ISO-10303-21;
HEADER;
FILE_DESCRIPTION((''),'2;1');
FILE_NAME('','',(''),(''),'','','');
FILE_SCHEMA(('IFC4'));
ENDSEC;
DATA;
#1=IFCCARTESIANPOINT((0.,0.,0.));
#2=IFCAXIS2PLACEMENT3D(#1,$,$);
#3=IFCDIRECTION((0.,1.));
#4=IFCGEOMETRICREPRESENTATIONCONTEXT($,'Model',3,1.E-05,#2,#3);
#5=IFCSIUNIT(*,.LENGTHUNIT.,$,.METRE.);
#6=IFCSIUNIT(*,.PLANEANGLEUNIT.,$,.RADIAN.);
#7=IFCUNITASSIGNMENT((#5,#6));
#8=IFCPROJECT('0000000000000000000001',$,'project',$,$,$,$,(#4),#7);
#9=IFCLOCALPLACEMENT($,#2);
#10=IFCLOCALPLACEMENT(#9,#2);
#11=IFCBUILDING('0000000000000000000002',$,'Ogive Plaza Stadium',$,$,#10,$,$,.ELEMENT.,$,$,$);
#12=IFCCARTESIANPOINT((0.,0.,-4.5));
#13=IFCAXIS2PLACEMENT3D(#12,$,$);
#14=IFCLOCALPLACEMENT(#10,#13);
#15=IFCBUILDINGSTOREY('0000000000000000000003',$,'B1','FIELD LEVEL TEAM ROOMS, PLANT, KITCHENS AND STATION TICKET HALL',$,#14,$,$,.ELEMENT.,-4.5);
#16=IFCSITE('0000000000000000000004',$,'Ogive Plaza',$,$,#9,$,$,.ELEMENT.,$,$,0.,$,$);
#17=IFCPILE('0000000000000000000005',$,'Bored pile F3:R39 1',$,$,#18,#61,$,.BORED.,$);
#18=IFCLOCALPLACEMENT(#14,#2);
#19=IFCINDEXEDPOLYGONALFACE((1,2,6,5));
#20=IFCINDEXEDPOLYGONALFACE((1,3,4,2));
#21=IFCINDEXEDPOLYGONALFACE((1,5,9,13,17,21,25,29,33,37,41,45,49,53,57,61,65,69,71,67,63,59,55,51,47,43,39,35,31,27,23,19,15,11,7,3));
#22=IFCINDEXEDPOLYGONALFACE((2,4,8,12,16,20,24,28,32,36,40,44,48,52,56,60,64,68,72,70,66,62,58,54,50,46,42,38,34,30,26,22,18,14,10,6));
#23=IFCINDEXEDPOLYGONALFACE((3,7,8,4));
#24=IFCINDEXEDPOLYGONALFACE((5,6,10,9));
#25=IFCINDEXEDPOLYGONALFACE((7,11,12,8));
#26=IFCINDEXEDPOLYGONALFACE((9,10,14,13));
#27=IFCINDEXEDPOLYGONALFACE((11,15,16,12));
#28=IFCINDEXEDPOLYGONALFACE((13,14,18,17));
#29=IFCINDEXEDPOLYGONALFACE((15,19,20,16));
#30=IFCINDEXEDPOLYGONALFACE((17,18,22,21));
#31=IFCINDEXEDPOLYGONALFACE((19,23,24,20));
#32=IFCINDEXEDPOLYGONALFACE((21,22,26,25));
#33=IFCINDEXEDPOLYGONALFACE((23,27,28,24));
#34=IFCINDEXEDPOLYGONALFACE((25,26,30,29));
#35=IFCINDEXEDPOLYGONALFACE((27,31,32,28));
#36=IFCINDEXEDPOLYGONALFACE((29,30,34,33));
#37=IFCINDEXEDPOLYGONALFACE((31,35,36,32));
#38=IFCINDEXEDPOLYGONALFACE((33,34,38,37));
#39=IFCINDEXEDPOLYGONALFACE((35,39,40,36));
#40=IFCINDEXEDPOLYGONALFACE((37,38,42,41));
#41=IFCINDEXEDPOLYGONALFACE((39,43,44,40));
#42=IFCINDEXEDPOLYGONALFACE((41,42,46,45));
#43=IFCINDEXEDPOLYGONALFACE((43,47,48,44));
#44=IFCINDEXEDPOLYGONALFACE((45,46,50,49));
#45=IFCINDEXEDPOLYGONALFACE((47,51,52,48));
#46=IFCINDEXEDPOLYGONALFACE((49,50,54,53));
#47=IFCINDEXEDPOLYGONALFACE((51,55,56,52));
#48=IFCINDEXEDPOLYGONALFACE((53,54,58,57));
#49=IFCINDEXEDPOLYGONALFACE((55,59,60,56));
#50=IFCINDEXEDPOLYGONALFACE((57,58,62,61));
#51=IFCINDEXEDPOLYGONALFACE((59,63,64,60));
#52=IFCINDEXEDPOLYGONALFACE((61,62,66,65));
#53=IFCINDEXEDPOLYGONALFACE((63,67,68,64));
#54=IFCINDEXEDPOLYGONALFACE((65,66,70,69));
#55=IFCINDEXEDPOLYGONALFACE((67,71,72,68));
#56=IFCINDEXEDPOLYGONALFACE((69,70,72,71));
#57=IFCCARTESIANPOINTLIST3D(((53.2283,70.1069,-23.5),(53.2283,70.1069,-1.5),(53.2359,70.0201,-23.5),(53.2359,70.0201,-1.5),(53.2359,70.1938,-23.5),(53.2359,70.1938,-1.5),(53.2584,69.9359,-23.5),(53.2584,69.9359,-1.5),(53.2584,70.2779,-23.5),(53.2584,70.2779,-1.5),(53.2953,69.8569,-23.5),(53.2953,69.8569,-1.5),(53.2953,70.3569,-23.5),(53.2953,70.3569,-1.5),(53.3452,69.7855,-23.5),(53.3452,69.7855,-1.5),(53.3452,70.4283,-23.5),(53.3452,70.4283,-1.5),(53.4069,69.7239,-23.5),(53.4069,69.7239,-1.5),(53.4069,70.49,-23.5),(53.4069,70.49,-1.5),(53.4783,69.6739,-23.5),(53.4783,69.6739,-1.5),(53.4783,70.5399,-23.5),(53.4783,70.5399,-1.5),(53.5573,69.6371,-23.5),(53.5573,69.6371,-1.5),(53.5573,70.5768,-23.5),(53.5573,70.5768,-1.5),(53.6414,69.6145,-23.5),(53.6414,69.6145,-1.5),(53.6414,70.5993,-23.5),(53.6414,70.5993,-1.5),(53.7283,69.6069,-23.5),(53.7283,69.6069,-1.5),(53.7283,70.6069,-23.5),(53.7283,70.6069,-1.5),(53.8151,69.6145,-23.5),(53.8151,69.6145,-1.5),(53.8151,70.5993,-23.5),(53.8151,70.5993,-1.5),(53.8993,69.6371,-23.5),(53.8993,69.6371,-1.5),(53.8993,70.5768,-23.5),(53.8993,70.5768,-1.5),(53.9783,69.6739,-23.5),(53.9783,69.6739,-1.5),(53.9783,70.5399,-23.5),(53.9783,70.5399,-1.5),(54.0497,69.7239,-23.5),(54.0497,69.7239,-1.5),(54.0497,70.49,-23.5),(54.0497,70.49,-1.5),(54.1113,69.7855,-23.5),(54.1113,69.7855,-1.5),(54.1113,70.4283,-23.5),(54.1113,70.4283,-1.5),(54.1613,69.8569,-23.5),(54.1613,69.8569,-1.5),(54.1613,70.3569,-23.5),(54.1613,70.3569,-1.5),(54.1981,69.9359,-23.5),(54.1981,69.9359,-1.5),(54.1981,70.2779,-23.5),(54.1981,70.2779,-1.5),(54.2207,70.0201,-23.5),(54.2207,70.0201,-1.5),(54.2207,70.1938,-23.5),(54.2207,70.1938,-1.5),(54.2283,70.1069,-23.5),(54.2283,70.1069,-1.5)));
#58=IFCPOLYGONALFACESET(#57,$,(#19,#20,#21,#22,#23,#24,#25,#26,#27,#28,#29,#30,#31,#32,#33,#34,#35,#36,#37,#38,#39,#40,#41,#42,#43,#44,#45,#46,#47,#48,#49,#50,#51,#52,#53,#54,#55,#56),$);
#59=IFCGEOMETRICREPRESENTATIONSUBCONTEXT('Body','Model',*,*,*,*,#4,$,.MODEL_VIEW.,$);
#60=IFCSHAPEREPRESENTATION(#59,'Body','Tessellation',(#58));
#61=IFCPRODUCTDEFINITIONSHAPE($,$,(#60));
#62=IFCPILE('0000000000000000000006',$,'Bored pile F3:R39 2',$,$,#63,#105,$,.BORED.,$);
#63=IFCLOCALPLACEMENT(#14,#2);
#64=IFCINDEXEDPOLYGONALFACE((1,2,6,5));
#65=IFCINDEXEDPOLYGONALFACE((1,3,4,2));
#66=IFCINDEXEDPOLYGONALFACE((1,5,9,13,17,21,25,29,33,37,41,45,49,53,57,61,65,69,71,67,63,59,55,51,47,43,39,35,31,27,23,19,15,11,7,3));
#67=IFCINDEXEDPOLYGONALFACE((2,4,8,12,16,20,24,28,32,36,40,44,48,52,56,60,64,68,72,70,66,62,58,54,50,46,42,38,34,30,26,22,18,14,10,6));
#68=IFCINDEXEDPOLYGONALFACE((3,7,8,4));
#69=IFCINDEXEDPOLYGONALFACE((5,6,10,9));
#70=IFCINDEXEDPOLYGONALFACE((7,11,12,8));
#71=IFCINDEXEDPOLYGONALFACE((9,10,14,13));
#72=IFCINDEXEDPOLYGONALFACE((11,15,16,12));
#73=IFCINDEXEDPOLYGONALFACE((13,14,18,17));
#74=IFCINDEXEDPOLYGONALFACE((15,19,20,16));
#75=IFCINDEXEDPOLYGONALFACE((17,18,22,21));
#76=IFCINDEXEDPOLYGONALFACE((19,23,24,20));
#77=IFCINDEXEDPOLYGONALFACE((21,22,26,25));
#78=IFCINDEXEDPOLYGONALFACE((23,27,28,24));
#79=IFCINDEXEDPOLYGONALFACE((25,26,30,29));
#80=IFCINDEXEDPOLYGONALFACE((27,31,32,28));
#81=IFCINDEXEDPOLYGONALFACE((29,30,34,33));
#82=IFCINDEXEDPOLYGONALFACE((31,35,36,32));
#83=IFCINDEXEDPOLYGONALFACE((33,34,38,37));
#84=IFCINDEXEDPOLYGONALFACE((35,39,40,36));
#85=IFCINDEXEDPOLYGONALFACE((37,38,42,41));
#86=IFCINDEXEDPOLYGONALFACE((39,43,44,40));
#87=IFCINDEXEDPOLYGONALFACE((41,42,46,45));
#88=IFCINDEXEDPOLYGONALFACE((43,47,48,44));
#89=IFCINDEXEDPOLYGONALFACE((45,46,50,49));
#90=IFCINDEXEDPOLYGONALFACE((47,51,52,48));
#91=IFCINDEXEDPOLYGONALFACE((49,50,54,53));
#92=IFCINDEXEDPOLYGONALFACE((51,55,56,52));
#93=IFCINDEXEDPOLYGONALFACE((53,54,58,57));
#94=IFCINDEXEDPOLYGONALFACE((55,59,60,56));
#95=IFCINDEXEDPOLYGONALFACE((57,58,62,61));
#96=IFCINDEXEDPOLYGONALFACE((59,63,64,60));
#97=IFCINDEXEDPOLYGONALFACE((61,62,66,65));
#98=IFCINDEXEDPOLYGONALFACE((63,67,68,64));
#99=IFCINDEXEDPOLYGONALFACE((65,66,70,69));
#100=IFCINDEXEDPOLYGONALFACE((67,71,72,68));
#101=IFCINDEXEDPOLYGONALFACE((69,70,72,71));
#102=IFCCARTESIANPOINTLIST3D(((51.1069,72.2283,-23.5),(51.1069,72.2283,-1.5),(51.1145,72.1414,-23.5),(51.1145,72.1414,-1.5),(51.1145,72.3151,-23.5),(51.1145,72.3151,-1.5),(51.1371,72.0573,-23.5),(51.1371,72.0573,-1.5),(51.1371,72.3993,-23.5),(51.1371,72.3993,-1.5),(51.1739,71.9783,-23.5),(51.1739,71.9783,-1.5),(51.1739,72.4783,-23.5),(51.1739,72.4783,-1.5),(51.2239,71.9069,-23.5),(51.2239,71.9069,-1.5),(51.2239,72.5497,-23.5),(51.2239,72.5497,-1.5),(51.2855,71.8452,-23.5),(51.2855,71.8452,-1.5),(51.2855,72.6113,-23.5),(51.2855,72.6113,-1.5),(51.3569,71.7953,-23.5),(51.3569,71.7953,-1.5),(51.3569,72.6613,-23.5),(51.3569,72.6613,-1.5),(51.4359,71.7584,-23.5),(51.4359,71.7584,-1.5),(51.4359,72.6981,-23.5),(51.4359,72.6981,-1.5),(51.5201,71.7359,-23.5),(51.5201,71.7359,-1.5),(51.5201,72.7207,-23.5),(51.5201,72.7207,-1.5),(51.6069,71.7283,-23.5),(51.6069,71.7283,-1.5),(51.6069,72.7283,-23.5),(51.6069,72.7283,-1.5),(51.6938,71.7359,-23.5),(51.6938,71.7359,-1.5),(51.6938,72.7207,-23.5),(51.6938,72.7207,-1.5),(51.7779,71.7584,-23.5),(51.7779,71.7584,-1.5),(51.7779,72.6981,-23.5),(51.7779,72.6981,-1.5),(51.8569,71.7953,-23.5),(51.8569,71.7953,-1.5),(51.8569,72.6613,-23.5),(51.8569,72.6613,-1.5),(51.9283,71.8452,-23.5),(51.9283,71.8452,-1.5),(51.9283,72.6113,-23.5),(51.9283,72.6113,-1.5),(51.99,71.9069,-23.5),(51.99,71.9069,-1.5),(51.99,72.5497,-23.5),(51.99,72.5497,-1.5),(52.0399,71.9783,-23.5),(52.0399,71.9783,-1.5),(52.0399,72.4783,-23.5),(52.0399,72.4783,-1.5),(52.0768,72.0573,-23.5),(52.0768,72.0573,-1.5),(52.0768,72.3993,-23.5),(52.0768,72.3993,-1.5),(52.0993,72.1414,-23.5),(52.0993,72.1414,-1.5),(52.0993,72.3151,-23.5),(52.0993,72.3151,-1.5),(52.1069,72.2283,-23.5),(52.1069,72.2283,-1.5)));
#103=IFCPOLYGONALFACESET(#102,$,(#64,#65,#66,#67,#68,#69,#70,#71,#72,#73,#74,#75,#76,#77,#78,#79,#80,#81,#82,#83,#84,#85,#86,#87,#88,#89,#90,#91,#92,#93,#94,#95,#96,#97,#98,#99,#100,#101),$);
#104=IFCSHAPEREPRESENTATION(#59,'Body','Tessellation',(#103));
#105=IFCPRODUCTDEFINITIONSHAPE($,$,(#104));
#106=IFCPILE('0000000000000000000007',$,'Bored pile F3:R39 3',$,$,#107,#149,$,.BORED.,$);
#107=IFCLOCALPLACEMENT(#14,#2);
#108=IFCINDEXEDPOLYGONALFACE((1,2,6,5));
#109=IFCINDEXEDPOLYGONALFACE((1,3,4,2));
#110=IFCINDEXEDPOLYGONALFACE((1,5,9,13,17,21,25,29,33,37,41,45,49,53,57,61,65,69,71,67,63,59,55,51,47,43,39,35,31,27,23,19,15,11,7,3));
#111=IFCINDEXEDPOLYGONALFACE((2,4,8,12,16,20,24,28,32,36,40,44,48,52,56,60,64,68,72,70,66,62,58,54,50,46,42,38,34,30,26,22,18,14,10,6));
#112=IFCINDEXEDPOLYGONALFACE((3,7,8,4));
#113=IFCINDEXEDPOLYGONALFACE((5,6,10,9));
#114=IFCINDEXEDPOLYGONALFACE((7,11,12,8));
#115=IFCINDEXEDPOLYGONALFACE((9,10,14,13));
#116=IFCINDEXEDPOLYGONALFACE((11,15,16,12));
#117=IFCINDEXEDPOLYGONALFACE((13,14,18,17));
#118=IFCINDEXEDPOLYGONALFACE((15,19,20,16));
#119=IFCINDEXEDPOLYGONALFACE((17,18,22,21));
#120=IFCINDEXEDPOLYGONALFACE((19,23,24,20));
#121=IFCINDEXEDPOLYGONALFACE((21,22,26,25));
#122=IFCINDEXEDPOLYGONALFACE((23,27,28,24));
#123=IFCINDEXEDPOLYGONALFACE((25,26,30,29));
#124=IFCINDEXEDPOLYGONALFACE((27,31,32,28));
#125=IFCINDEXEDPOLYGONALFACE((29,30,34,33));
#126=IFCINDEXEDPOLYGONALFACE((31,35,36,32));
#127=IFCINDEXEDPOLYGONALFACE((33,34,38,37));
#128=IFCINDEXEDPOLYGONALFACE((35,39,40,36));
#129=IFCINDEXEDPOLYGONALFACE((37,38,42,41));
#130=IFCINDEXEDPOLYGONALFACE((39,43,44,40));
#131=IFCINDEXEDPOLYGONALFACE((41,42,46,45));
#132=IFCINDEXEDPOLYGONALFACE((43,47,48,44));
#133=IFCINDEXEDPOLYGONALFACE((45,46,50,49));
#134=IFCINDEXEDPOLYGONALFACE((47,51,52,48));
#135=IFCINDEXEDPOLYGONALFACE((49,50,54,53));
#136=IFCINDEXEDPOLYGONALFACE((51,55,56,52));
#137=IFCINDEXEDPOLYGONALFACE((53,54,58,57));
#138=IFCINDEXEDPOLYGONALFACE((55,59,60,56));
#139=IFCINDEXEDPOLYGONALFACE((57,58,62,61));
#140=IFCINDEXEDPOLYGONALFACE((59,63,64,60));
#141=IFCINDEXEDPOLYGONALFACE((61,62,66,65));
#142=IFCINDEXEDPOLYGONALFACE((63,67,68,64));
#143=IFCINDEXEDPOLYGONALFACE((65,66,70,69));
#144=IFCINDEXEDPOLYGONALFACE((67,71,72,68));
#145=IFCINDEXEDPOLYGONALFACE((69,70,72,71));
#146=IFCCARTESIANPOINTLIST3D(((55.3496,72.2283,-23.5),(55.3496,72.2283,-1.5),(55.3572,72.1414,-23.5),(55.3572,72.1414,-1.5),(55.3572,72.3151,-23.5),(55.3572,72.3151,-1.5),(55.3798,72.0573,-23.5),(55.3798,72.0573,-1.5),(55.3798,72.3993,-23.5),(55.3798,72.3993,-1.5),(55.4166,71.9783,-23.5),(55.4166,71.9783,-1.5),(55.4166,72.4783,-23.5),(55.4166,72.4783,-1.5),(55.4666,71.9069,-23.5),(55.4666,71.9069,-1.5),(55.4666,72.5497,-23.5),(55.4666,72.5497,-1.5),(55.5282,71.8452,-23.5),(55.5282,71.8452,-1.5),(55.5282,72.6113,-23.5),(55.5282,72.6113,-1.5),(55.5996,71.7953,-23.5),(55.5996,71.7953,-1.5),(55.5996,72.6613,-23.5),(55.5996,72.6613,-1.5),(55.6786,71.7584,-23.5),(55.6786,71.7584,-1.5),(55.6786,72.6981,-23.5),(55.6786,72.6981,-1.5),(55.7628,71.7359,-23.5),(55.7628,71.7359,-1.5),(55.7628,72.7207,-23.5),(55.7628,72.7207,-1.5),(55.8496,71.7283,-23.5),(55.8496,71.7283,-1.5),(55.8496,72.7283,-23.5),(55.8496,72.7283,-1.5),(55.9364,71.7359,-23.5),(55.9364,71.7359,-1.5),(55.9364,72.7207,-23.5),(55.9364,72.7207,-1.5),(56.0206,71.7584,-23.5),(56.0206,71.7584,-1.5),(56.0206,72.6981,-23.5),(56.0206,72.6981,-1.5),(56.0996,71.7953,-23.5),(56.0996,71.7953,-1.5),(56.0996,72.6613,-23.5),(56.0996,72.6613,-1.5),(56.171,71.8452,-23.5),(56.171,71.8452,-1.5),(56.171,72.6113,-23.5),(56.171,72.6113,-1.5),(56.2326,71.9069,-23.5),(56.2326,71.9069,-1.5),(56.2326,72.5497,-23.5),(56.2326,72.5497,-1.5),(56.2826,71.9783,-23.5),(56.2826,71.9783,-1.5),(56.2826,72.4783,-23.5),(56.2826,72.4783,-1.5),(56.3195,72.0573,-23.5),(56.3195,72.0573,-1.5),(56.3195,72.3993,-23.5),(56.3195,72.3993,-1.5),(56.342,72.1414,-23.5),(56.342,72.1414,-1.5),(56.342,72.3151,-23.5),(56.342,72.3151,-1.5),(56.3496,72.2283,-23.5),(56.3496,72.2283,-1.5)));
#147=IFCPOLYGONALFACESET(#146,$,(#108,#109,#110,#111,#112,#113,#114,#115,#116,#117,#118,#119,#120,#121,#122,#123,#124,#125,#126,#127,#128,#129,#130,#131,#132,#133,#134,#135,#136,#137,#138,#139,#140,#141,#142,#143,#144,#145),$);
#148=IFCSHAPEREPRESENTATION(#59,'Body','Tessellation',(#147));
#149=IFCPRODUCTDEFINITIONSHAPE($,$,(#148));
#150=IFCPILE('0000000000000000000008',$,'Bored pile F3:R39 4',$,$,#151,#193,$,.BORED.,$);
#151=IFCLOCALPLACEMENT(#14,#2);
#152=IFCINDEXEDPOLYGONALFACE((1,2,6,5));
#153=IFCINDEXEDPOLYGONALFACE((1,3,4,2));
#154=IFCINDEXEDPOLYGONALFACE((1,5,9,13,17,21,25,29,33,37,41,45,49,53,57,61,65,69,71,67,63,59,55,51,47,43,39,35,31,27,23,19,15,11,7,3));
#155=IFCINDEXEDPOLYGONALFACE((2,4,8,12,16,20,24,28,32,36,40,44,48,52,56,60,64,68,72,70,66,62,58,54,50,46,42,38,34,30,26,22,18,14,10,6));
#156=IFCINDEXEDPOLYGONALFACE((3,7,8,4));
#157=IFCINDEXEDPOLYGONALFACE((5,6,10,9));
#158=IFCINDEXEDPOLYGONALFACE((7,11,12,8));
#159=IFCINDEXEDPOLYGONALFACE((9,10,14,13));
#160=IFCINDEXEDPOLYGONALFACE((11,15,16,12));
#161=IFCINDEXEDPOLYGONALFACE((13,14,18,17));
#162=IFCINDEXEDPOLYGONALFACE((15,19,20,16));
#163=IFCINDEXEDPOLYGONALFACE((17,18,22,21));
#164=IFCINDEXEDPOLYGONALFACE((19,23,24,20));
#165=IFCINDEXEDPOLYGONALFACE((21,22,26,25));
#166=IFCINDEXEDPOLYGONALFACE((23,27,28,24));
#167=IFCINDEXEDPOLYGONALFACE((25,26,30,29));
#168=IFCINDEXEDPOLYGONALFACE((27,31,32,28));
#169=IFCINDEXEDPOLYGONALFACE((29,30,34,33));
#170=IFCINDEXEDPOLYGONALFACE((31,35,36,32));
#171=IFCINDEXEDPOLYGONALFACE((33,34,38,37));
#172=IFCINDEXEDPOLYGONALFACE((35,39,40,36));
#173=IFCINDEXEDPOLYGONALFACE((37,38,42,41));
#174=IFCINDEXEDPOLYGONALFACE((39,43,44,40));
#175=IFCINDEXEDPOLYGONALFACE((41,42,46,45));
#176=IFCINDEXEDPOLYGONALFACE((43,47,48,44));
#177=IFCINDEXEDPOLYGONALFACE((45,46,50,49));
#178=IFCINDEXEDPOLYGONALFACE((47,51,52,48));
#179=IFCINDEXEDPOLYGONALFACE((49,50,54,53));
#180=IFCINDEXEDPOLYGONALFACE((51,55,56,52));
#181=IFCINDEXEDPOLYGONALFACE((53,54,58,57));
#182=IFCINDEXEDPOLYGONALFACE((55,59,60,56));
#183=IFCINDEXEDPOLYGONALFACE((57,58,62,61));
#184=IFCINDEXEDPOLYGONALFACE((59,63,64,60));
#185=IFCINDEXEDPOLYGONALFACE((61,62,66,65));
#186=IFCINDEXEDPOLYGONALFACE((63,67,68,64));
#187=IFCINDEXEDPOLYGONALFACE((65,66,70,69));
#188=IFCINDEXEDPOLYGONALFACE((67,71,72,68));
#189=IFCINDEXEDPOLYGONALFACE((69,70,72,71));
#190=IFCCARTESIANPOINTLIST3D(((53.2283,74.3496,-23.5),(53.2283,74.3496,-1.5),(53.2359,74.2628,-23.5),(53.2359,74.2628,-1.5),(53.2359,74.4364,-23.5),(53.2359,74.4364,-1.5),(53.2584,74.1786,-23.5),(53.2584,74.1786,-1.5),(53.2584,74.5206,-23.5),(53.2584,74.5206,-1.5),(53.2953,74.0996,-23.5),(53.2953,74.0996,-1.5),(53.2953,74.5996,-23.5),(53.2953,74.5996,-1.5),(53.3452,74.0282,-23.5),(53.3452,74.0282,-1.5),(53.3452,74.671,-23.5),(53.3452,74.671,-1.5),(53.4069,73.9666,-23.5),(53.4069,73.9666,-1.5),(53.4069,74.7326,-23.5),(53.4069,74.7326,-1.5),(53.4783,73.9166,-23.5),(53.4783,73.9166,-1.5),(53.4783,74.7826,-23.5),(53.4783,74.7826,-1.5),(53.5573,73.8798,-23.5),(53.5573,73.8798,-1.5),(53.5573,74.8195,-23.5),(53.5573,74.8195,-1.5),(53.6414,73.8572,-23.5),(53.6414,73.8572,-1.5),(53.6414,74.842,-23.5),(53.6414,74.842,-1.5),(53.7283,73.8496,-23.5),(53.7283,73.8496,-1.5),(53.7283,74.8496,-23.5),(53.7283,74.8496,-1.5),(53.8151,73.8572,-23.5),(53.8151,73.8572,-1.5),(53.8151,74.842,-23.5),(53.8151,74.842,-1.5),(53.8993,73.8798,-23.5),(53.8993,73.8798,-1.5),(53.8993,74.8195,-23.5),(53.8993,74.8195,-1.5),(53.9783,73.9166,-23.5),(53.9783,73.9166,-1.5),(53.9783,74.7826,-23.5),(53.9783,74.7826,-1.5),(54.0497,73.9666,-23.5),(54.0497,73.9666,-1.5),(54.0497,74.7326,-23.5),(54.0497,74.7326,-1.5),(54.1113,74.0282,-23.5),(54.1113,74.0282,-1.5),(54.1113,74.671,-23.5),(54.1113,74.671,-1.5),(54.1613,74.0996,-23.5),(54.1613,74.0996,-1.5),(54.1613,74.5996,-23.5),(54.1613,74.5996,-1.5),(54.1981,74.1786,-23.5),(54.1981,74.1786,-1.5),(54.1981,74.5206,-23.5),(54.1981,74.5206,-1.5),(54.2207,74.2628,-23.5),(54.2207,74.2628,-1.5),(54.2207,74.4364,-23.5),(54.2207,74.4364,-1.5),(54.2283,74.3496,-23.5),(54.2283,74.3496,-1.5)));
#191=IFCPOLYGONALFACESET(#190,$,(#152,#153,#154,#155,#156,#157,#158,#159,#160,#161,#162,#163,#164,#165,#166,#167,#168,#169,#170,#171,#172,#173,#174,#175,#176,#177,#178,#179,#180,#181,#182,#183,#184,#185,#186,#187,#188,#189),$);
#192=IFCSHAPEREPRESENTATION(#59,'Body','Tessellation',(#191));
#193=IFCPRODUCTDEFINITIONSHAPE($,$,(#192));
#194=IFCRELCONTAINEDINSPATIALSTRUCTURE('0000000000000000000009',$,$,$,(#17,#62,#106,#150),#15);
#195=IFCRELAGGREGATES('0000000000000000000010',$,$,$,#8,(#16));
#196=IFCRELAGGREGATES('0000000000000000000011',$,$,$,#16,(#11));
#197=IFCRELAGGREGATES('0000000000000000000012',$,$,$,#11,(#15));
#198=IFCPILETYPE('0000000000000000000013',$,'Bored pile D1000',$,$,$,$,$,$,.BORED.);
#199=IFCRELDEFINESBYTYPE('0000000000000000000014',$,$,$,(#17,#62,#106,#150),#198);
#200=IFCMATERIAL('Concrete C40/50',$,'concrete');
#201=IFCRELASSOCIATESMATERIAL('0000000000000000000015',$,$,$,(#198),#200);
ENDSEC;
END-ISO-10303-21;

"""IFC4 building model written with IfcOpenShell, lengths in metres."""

from ifc_helpers import new_model, si_unit, direction, frame, origin, origin_2d, place, context, subcontext, project, spatial, circle, extrude, material, material_profile, profile_set, type_object, element, save


model = new_model("IFC4")

# Units and contexts
model_context = context("Model", 3, precision=1e-05, world=origin(), true_north=direction((0.0, 1.0)))
body_context = subcontext(model_context, "Body", "Model", "MODEL_VIEW")
ifc_project = project(units=[si_unit("LENGTHUNIT", "METRE"), si_unit("PLANEANGLEUNIT", "RADIAN")], contexts=[model_context])

# Site, building, storey
site_placement = place(None, origin())
site = spatial("IfcSite", under=ifc_project, at=site_placement, Name="Ogive Plaza", CompositionType="ELEMENT", RefElevation=0.0)
building_placement = place(site_placement, origin())
building = spatial("IfcBuilding", under=site, at=building_placement, Name="Ogive Plaza Stadium", CompositionType="ELEMENT")
storey_placement = place(building_placement, frame((0.0, 0.0, -4.5)))
storey = spatial("IfcBuildingStorey", under=building, at=storey_placement, Name="B1", Description="FIELD LEVEL TEAM ROOMS, PLANT, KITCHENS AND STATION TICKET HALL", CompositionType="ELEMENT", Elevation=-4.5)

# Piles
ifc_material_1 = material(Name="Concrete C40/50", Category="concrete")
ifc_material_profile_1 = material_profile(ifc_material_1, circle(Radius=0.5, at=origin_2d()), Name="RC D1000")
ifc_profile_set_1 = profile_set([ifc_material_profile_1], Name="Concrete C40/50")
pile_type_1 = type_object("IfcPileType", Name="Bored pile D1000", PredefinedType="BORED", material=ifc_profile_set_1)
for number, where, z_axis, x_axis, name in (
    (1, (53.7283, 70.1069, -1.5), (0.0, 0.0, -1.0), (1.0, 0.0, 0.0), "Bored pile F3:R39 1"),
    (2, (51.6069, 72.2283, -1.5), (0.0, 0.0, -1.0), (1.0, 0.0, 0.0), "Bored pile F3:R39 2"),
    (3, (55.8496, 72.2283, -1.5), (0.0, 0.0, -1.0), (1.0, 0.0, 0.0), "Bored pile F3:R39 3"),
    (4, (53.7283, 74.3496, -1.5), (0.0, 0.0, -1.0), (1.0, 0.0, 0.0), "Bored pile F3:R39 4"),
):
    element("IfcPile", number, at=place(storey_placement, frame(where, z_axis=z_axis, x_axis=x_axis)), inside=storey, type_object=pile_type_1, Name=name, PredefinedType="BORED", context=body_context, shape_type="SweptSolid", body=[
        extrude(circle(Radius=0.5, at=origin_2d()), origin(), (0.0, 0.0, 1.0), 22.0),
    ])

save(model, "model.ifc")
